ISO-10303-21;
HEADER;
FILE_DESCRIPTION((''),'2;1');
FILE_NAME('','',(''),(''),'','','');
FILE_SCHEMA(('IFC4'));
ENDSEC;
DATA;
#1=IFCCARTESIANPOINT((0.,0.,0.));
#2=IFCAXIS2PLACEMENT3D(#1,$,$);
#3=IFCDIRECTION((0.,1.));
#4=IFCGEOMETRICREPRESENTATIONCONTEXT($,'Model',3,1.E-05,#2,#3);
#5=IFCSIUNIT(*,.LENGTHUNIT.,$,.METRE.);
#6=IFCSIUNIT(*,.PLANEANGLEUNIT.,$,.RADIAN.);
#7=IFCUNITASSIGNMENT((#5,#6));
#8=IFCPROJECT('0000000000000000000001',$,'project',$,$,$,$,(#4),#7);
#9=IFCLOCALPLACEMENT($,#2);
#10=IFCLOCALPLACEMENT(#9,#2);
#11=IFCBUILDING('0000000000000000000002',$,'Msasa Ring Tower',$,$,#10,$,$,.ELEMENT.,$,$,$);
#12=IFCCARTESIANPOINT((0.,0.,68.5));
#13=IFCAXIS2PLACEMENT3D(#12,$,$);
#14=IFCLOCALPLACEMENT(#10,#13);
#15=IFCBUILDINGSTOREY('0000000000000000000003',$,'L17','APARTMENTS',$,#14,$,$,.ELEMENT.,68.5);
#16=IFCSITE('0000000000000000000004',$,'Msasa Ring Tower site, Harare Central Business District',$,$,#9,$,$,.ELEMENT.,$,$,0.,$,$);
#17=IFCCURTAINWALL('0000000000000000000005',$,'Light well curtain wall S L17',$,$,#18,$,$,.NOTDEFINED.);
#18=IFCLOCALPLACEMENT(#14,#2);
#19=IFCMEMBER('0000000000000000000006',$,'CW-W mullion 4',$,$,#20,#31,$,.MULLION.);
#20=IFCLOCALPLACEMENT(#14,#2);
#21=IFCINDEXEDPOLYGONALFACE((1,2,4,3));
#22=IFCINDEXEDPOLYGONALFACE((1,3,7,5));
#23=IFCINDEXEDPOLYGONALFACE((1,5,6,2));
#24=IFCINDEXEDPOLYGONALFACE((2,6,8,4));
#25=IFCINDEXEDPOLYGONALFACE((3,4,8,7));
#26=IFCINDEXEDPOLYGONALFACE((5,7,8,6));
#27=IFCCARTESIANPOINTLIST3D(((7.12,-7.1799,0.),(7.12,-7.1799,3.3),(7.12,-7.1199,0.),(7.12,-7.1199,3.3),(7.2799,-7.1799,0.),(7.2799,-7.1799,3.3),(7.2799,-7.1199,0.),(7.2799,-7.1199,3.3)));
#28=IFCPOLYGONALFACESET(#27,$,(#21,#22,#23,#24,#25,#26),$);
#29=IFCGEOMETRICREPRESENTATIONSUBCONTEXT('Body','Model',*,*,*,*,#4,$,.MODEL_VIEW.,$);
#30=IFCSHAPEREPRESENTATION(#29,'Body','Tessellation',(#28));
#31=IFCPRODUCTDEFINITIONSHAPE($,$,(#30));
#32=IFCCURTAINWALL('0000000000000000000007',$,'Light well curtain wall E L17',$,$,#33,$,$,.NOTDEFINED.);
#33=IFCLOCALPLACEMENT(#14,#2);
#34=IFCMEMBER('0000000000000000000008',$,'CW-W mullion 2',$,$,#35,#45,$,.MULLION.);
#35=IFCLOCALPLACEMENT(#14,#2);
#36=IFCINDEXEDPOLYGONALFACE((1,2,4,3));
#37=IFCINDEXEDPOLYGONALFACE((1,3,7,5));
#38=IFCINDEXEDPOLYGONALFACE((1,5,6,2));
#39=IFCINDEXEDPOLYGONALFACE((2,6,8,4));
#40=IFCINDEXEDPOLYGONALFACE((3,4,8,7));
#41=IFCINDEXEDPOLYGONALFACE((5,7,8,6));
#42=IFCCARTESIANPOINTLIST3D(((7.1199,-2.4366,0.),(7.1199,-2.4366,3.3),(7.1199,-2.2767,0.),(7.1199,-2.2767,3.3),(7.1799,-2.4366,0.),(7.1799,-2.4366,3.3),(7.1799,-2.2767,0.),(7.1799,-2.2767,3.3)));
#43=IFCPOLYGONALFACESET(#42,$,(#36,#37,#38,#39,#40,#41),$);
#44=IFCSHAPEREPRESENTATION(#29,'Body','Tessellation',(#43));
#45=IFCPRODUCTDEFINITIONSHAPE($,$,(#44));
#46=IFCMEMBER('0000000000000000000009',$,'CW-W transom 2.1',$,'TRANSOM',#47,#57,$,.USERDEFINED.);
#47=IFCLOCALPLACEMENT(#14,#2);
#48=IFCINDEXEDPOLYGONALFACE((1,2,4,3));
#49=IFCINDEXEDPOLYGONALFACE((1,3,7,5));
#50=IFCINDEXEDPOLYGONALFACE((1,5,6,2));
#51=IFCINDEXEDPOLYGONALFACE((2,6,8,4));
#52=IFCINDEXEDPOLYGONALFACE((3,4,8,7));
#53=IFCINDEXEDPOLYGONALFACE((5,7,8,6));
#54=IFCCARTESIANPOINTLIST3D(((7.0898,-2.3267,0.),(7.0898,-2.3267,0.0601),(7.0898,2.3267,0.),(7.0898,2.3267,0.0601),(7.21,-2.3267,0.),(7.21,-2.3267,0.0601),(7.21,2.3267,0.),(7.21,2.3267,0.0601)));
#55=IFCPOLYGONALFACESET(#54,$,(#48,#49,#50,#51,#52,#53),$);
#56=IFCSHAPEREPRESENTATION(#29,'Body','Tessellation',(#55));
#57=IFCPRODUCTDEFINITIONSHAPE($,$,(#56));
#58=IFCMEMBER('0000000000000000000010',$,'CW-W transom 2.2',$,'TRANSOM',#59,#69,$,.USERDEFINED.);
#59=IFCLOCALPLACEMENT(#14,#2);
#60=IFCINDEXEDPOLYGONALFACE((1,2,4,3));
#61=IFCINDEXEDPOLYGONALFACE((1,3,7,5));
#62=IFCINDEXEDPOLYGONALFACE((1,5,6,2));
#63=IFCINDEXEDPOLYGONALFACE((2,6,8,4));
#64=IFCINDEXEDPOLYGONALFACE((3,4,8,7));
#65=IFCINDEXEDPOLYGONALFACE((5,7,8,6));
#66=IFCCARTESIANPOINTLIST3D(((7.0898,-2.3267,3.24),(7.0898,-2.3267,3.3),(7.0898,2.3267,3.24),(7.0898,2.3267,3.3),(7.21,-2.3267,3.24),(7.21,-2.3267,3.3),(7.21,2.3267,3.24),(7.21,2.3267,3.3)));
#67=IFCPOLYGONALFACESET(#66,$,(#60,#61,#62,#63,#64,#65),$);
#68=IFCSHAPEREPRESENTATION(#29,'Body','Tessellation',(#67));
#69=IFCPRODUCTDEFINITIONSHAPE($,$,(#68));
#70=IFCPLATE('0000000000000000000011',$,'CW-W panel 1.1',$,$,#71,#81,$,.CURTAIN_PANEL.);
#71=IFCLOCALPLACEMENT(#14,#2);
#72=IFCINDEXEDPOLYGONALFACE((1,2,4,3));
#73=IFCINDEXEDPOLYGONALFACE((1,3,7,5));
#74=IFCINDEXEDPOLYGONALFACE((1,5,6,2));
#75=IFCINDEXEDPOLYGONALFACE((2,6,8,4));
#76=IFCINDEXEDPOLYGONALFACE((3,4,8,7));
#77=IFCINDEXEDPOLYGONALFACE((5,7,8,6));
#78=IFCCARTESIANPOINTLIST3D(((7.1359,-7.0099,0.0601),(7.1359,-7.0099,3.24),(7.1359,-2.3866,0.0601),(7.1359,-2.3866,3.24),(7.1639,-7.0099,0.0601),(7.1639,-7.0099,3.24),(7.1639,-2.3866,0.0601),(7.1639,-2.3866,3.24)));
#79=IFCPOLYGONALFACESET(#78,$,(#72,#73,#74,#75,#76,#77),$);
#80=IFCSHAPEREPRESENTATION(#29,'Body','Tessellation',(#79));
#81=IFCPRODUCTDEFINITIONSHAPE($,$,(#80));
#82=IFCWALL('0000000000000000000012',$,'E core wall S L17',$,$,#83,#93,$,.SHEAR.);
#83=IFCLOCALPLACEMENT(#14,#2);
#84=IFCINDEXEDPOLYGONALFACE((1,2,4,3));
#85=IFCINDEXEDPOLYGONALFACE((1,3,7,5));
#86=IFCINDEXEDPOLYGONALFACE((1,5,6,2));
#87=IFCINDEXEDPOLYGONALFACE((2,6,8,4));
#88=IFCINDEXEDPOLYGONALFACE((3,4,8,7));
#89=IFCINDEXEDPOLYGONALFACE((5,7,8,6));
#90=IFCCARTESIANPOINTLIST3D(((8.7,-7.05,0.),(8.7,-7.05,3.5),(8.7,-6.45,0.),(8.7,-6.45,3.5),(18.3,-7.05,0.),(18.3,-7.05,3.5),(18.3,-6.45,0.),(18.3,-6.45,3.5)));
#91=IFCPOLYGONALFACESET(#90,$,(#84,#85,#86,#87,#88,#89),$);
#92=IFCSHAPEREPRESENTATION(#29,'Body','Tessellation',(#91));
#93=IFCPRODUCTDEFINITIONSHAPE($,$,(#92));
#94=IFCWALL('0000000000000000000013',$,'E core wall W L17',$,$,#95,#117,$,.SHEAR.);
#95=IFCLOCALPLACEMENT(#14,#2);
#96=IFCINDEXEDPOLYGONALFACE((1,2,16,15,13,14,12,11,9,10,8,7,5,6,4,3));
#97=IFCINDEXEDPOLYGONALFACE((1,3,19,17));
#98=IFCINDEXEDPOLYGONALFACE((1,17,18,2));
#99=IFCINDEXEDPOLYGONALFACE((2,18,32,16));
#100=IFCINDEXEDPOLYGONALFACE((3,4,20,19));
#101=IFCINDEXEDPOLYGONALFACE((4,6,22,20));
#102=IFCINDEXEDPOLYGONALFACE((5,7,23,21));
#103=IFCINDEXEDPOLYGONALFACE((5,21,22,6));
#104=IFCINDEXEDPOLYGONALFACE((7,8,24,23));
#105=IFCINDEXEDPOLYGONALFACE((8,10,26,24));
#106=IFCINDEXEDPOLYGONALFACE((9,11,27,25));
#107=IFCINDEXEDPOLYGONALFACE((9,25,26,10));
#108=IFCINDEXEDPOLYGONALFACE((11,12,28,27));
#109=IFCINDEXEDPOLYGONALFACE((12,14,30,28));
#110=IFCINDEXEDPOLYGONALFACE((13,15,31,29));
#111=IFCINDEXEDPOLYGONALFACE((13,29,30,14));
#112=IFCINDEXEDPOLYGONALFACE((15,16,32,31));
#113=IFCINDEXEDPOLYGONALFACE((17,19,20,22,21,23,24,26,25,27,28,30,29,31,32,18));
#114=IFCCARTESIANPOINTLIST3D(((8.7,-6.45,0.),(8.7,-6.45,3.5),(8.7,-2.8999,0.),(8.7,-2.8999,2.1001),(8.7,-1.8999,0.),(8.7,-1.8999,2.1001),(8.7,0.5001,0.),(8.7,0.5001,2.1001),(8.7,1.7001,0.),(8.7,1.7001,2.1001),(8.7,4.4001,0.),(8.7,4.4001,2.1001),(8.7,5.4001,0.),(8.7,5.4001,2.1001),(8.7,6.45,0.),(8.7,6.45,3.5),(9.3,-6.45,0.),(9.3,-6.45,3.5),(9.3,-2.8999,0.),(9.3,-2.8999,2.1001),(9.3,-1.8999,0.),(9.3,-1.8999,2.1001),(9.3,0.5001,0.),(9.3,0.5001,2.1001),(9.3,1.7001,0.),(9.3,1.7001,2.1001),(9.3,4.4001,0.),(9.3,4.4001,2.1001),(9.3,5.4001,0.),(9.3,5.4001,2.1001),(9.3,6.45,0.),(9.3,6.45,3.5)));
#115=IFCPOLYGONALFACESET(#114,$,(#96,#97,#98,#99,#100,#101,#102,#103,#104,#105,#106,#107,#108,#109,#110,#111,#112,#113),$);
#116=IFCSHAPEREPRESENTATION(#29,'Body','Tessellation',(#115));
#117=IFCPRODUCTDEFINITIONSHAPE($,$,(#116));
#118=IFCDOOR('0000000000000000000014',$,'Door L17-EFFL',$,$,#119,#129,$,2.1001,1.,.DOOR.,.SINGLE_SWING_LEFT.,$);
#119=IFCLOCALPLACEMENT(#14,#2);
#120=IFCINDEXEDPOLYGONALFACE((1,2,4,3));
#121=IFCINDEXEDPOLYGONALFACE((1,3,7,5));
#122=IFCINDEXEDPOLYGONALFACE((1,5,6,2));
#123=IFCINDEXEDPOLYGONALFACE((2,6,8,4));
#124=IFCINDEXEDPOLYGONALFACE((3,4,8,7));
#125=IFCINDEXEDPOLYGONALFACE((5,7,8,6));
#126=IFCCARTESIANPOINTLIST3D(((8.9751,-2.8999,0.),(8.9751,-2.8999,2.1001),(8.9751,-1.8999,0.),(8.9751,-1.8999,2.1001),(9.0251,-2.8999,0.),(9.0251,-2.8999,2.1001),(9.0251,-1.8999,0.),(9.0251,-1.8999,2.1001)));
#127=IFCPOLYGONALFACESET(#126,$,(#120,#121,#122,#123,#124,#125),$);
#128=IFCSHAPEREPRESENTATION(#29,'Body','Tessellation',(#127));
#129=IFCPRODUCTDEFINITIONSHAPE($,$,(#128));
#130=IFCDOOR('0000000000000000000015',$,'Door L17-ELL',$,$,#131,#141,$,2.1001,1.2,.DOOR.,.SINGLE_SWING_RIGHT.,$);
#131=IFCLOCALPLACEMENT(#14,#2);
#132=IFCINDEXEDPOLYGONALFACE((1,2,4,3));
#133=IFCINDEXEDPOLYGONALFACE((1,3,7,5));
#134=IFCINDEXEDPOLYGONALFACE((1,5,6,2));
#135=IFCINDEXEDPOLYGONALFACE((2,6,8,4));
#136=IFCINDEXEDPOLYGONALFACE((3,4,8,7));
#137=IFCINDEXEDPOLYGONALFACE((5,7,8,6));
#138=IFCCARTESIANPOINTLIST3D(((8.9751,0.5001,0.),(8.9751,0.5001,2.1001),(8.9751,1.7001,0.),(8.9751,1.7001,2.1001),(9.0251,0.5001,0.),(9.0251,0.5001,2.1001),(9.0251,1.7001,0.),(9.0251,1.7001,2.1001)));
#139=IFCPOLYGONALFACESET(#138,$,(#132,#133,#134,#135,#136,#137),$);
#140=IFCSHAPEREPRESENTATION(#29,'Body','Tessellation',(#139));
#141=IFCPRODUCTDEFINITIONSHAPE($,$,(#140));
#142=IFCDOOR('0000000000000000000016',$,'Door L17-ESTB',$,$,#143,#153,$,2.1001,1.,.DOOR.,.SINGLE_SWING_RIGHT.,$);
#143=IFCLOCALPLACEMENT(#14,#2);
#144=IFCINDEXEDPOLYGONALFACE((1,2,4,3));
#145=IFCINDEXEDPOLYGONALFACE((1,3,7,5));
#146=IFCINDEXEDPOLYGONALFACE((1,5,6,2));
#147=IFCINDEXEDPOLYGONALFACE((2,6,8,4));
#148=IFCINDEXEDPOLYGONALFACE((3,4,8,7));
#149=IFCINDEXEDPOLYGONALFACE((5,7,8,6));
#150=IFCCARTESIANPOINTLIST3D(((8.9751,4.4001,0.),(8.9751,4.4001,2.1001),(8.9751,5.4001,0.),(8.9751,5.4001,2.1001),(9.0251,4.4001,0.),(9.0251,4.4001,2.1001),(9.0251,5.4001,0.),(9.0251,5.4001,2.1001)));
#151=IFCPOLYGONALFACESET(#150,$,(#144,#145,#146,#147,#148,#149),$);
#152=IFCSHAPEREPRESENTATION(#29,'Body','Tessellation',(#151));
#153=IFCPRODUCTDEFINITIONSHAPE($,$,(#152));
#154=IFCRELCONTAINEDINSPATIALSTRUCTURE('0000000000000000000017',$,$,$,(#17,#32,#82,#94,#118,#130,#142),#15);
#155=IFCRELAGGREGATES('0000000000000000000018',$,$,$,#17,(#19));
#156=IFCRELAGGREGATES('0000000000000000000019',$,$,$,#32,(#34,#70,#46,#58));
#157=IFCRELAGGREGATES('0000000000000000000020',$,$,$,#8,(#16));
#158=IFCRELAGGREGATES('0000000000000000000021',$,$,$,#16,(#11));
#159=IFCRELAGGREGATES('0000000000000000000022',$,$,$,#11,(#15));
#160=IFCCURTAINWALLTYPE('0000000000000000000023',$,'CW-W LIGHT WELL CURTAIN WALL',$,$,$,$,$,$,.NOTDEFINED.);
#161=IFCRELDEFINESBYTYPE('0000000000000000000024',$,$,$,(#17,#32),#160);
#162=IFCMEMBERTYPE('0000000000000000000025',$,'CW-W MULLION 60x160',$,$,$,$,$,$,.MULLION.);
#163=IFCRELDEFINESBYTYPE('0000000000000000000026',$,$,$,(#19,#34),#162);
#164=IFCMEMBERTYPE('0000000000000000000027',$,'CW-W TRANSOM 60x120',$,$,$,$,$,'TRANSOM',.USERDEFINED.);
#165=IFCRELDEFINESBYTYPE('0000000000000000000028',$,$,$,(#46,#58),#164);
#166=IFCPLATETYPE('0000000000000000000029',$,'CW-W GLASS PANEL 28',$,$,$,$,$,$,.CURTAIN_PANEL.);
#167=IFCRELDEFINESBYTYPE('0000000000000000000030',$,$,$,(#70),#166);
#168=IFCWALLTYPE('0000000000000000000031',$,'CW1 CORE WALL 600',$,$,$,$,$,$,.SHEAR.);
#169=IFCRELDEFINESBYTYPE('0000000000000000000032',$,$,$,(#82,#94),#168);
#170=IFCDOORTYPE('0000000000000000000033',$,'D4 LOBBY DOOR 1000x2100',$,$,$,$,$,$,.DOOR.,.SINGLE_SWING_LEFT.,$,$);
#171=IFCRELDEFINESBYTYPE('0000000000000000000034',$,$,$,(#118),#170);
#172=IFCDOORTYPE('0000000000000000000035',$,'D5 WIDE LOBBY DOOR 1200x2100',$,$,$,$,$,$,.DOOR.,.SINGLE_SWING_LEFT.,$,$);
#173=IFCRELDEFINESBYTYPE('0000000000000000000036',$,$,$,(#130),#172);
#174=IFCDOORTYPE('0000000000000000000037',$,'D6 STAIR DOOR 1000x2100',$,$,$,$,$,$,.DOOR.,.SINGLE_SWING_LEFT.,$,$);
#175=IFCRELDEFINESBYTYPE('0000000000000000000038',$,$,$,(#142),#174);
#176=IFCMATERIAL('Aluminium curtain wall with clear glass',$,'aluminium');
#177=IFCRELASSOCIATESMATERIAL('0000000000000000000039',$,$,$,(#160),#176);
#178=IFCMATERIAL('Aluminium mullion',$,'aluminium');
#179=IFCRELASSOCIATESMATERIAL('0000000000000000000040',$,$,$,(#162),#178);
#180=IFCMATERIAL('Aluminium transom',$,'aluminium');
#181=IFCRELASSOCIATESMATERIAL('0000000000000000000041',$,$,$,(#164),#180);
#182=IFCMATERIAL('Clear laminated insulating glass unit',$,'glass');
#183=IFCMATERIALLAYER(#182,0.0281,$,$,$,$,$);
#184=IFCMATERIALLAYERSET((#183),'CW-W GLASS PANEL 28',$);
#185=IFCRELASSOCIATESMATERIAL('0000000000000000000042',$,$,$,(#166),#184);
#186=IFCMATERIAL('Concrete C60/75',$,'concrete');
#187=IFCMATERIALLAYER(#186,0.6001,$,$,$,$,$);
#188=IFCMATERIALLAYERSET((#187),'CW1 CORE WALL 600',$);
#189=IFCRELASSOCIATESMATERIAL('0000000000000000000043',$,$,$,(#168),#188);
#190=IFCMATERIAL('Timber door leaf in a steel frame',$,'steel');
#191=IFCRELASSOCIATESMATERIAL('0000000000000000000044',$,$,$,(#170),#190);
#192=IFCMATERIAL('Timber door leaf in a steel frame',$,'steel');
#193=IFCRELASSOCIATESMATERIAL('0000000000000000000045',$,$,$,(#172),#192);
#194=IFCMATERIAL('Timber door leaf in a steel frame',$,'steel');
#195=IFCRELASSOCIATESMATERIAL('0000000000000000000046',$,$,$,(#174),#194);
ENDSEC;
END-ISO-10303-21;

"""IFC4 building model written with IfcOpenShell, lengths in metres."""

from ifc_helpers import new_model, si_unit, direction, frame, frame_2d, origin, origin_2d, place, context, subcontext, project, spatial, rectangle, extrude, material, layer, layer_set, material_profile, profile_set, type_object, element, fill, aggregate, save


model = new_model("IFC4")

# Units and contexts
model_context = context("Model", 3, precision=1e-05, world=origin(), true_north=direction((0.0, 1.0)))
body_context = subcontext(model_context, "Body", "Model", "MODEL_VIEW")
ifc_project = project(units=[si_unit("LENGTHUNIT", "METRE"), si_unit("PLANEANGLEUNIT", "RADIAN")], contexts=[model_context])

# Site, building, storey
site_placement = place(None, origin())
site = spatial("IfcSite", under=ifc_project, at=site_placement, Name="Msasa Ring Tower site, Harare Central Business District", CompositionType="ELEMENT", RefElevation=0.0)
building_placement = place(site_placement, origin())
building = spatial("IfcBuilding", under=site, at=building_placement, Name="Msasa Ring Tower", CompositionType="ELEMENT")
storey_placement = place(building_placement, frame((0.0, 0.0, 68.5)))
storey = spatial("IfcBuildingStorey", under=building, at=storey_placement, Name="L17", Description="APARTMENTS", CompositionType="ELEMENT", Elevation=68.5)

# Curtain wall, member
ifc_material_1 = material(Name="Aluminium curtain wall with clear glass", Category="aluminium")
curtain_wall_type = type_object("IfcCurtainWallType", Name="CW-W LIGHT WELL CURTAIN WALL", PredefinedType="NOTDEFINED", material=ifc_material_1)
curtain_wall_1_placement = place(storey_placement, origin())
curtain_wall_1 = element("IfcCurtainWall", 1, at=curtain_wall_1_placement, inside=storey, type_object=curtain_wall_type, Name="Light well curtain wall S L17", PredefinedType="NOTDEFINED")
ifc_material_2 = material(Name="Aluminium mullion", Category="aluminium")
ifc_material_profile_1 = material_profile(ifc_material_2, rectangle(XDim=0.0601, YDim=0.1599, at=origin_2d()), Name="AL 60x160")
ifc_profile_set_1 = profile_set([ifc_material_profile_1], Name="Aluminium mullion")
member_type_1 = type_object("IfcMemberType", Name="CW-W MULLION 60x160", PredefinedType="MULLION", material=ifc_profile_set_1)
member_1_placement = place(storey_placement, frame((7.2, -7.1499, 0.0), z_axis=(0.0, 0.0, 1.0), x_axis=(0.0, 1.0, 0.0)))
member_1 = element("IfcMember", 2, at=member_1_placement, type_object=member_type_1, Name="CW-W mullion 4", PredefinedType="MULLION", context=body_context, shape_type="SweptSolid", body=[
    extrude(rectangle(XDim=0.0601, YDim=0.1599, at=origin_2d()), origin(), (0.0, 0.0, 1.0), 3.3),
])
aggregate(curtain_wall_1, [member_1])

# Curtain wall, members, plate
curtain_wall_2_placement = place(storey_placement, origin())
curtain_wall_2 = element("IfcCurtainWall", 3, at=curtain_wall_2_placement, inside=storey, type_object=curtain_wall_type, Name="Light well curtain wall E L17", PredefinedType="NOTDEFINED")
member_2_placement = place(storey_placement, frame((7.1499, -2.3567, 0.0), z_axis=(0.0, 0.0, 1.0), x_axis=(-1.0, 0.0, 0.0)))
member_2 = element("IfcMember", 4, at=member_2_placement, type_object=member_type_1, Name="CW-W mullion 2", PredefinedType="MULLION", context=body_context, shape_type="SweptSolid", body=[
    extrude(rectangle(XDim=0.0601, YDim=0.1599, at=origin_2d()), origin(), (0.0, 0.0, 1.0), 3.3),
])
ifc_material_3 = material(Name="Aluminium transom", Category="aluminium")
ifc_material_profile_2 = material_profile(ifc_material_3, rectangle(XDim=0.1201, YDim=0.0601, at=origin_2d()), Name="AL 60x120")
ifc_profile_set_2 = profile_set([ifc_material_profile_2], Name="Aluminium transom")
member_type_2 = type_object("IfcMemberType", Name="CW-W TRANSOM 60x120", ElementType="TRANSOM", PredefinedType="USERDEFINED", material=ifc_profile_set_2)
member_3_placement = place(storey_placement, frame((7.1499, -2.3267, 0.03), z_axis=(0.0, 1.0, 0.0), x_axis=(-1.0, 0.0, 0.0)))
member_3 = element("IfcMember", 5, at=member_3_placement, type_object=member_type_2, Name="CW-W transom 2.1", ObjectType="TRANSOM", PredefinedType="USERDEFINED", context=body_context, shape_type="SweptSolid", body=[
    extrude(rectangle(XDim=0.1201, YDim=0.0601, at=origin_2d()), origin(), (0.0, 0.0, 1.0), 4.6533),
])
member_4_placement = place(storey_placement, frame((7.1499, -2.3267, 3.27), z_axis=(0.0, 1.0, 0.0), x_axis=(-1.0, 0.0, 0.0)))
member_4 = element("IfcMember", 6, at=member_4_placement, type_object=member_type_2, Name="CW-W transom 2.2", ObjectType="TRANSOM", PredefinedType="USERDEFINED", context=body_context, shape_type="SweptSolid", body=[
    extrude(rectangle(XDim=0.1201, YDim=0.0601, at=origin_2d()), origin(), (0.0, 0.0, 1.0), 4.6533),
])
ifc_material_4 = material(Name="Clear laminated insulating glass unit", Category="glass")
ifc_layer_1 = layer(ifc_material_4, 0.0281)
ifc_layer_set_1 = layer_set([ifc_layer_1], Name="CW-W GLASS PANEL 28")
plate_type = type_object("IfcPlateType", Name="CW-W GLASS PANEL 28", PredefinedType="CURTAIN_PANEL", material=ifc_layer_set_1)
plate_placement = place(storey_placement, frame((7.1499, -4.6982, 0.0601), z_axis=(0.0, 0.0, 1.0), x_axis=(0.0, 1.0, 0.0)))
plate = element("IfcPlate", 7, at=plate_placement, type_object=plate_type, Name="CW-W panel 1.1", PredefinedType="CURTAIN_PANEL", context=body_context, shape_type="SweptSolid", body=[
    extrude(rectangle(XDim=4.6233, YDim=0.0281, at=origin_2d()), origin(), (0.0, 0.0, 1.0), 3.1799),
])
aggregate(curtain_wall_2, [member_2, plate, member_3, member_4])

# Wall
ifc_material_5 = material(Name="Concrete C60/75", Category="concrete")
ifc_layer_2 = layer(ifc_material_5, 0.6001)
ifc_layer_set_2 = layer_set([ifc_layer_2], Name="CW1 CORE WALL 600")
wall_type_1 = type_object("IfcWallType", Name="CW1 CORE WALL 600", PredefinedType="SHEAR", material=ifc_layer_set_2)
wall_1_placement = place(storey_placement, frame((8.7, -6.75, 0.0), z_axis=(0.0, 0.0, 1.0), x_axis=(1.0, 0.0, 0.0)))
element("IfcWall", 8, at=wall_1_placement, inside=storey, type_object=wall_type_1, Name="E core wall S L17", PredefinedType="SHEAR", context=body_context, shape_type="SweptSolid", body=[
    extrude(rectangle(XDim=9.6001, YDim=0.6001, at=frame_2d((4.8, 0.0))), origin(), (0.0, 0.0, 1.0), 3.5),
])

# Wall, openings, doors
wall_2_placement = place(storey_placement, frame((9.0, -6.45, 0.0), z_axis=(0.0, 0.0, 1.0), x_axis=(0.0, 1.0, 0.0)))
wall_2 = element("IfcWall", 9, at=wall_2_placement, inside=storey, type_object=wall_type_1, Name="E core wall W L17", PredefinedType="SHEAR", context=body_context, shape_type="SweptSolid", body=[
    extrude(rectangle(XDim=12.8999, YDim=0.6001, at=frame_2d((6.45, 0.0))), origin(), (0.0, 0.0, 1.0), 3.5),
])
opening_1_placement = place(wall_2_placement, frame((3.55, 0.0, 0.0)))
opening_1 = element("IfcOpeningElement", 10, at=opening_1_placement, cuts=wall_2, PredefinedType="OPENING", context=body_context, shape_type="SweptSolid", body=[
    extrude(rectangle(XDim=1.0, YDim=2.1001, at=frame_2d((0.5, 1.05))), frame((0.0, 0.3101, 0.0), z_axis=(0.0, -1.0, 0.0), x_axis=(1.0, 0.0, 0.0)), (0.0, 0.0, 1.0), 0.6201),
])
opening_2_placement = place(wall_2_placement, frame((6.95, 0.0, 0.0)))
opening_2 = element("IfcOpeningElement", 11, at=opening_2_placement, cuts=wall_2, PredefinedType="OPENING", context=body_context, shape_type="SweptSolid", body=[
    extrude(rectangle(XDim=1.2, YDim=2.1001, at=frame_2d((0.6001, 1.05))), frame((0.0, 0.3101, 0.0), z_axis=(0.0, -1.0, 0.0), x_axis=(1.0, 0.0, 0.0)), (0.0, 0.0, 1.0), 0.6201),
])
opening_3_placement = place(wall_2_placement, frame((10.8501, 0.0, 0.0)))
opening_3 = element("IfcOpeningElement", 12, at=opening_3_placement, cuts=wall_2, PredefinedType="OPENING", context=body_context, shape_type="SweptSolid", body=[
    extrude(rectangle(XDim=1.0, YDim=2.1001, at=frame_2d((0.5, 1.05))), frame((0.0, 0.3101, 0.0), z_axis=(0.0, -1.0, 0.0), x_axis=(1.0, 0.0, 0.0)), (0.0, 0.0, 1.0), 0.6201),
])
ifc_material_6 = material(Name="Timber door leaf in a steel frame", Category="steel")
door_type_1 = type_object("IfcDoorType", Name="D4 LOBBY DOOR 1000x2100", OperationType="SINGLE_SWING_LEFT", PredefinedType="DOOR", material=ifc_material_6)
door_1_placement = place(opening_1_placement, origin())
door_1 = element("IfcDoor", 13, at=door_1_placement, inside=storey, type_object=door_type_1, Name="Door L17-EFFL", OperationType="SINGLE_SWING_LEFT", OverallHeight=2.1001, OverallWidth=1.0, PredefinedType="DOOR", context=body_context, shape_type="SweptSolid", body=[
    extrude(rectangle(XDim=1.0, YDim=2.1001, at=frame_2d((0.5, 1.05))), frame((0.0, 0.0249, 0.0), z_axis=(0.0, -1.0, 0.0), x_axis=(1.0, 0.0, 0.0)), (0.0, 0.0, 1.0), 0.05),
])
fill(opening_1, door_1)
ifc_material_7 = material(Name="Timber door leaf in a steel frame", Category="steel")
door_type_2 = type_object("IfcDoorType", Name="D5 WIDE LOBBY DOOR 1200x2100", OperationType="SINGLE_SWING_LEFT", PredefinedType="DOOR", material=ifc_material_7)
door_2_placement = place(opening_2_placement, origin())
door_2 = element("IfcDoor", 14, at=door_2_placement, inside=storey, type_object=door_type_2, Name="Door L17-ELL", OperationType="SINGLE_SWING_RIGHT", OverallHeight=2.1001, OverallWidth=1.2, PredefinedType="DOOR", context=body_context, shape_type="SweptSolid", body=[
    extrude(rectangle(XDim=1.2, YDim=2.1001, at=frame_2d((0.6001, 1.05))), frame((0.0, 0.0249, 0.0), z_axis=(0.0, -1.0, 0.0), x_axis=(1.0, 0.0, 0.0)), (0.0, 0.0, 1.0), 0.05),
])
fill(opening_2, door_2)
ifc_material_8 = material(Name="Timber door leaf in a steel frame", Category="steel")
door_type_3 = type_object("IfcDoorType", Name="D6 STAIR DOOR 1000x2100", OperationType="SINGLE_SWING_LEFT", PredefinedType="DOOR", material=ifc_material_8)
door_3_placement = place(opening_3_placement, origin())
door_3 = element("IfcDoor", 15, at=door_3_placement, inside=storey, type_object=door_type_3, Name="Door L17-ESTB", OperationType="SINGLE_SWING_RIGHT", OverallHeight=2.1001, OverallWidth=1.0, PredefinedType="DOOR", context=body_context, shape_type="SweptSolid", body=[
    extrude(rectangle(XDim=1.0, YDim=2.1001, at=frame_2d((0.5, 1.05))), frame((0.0, 0.0249, 0.0), z_axis=(0.0, -1.0, 0.0), x_axis=(1.0, 0.0, 0.0)), (0.0, 0.0, 1.0), 0.05),
])
fill(opening_3, door_3)

save(model, "model.ifc")
